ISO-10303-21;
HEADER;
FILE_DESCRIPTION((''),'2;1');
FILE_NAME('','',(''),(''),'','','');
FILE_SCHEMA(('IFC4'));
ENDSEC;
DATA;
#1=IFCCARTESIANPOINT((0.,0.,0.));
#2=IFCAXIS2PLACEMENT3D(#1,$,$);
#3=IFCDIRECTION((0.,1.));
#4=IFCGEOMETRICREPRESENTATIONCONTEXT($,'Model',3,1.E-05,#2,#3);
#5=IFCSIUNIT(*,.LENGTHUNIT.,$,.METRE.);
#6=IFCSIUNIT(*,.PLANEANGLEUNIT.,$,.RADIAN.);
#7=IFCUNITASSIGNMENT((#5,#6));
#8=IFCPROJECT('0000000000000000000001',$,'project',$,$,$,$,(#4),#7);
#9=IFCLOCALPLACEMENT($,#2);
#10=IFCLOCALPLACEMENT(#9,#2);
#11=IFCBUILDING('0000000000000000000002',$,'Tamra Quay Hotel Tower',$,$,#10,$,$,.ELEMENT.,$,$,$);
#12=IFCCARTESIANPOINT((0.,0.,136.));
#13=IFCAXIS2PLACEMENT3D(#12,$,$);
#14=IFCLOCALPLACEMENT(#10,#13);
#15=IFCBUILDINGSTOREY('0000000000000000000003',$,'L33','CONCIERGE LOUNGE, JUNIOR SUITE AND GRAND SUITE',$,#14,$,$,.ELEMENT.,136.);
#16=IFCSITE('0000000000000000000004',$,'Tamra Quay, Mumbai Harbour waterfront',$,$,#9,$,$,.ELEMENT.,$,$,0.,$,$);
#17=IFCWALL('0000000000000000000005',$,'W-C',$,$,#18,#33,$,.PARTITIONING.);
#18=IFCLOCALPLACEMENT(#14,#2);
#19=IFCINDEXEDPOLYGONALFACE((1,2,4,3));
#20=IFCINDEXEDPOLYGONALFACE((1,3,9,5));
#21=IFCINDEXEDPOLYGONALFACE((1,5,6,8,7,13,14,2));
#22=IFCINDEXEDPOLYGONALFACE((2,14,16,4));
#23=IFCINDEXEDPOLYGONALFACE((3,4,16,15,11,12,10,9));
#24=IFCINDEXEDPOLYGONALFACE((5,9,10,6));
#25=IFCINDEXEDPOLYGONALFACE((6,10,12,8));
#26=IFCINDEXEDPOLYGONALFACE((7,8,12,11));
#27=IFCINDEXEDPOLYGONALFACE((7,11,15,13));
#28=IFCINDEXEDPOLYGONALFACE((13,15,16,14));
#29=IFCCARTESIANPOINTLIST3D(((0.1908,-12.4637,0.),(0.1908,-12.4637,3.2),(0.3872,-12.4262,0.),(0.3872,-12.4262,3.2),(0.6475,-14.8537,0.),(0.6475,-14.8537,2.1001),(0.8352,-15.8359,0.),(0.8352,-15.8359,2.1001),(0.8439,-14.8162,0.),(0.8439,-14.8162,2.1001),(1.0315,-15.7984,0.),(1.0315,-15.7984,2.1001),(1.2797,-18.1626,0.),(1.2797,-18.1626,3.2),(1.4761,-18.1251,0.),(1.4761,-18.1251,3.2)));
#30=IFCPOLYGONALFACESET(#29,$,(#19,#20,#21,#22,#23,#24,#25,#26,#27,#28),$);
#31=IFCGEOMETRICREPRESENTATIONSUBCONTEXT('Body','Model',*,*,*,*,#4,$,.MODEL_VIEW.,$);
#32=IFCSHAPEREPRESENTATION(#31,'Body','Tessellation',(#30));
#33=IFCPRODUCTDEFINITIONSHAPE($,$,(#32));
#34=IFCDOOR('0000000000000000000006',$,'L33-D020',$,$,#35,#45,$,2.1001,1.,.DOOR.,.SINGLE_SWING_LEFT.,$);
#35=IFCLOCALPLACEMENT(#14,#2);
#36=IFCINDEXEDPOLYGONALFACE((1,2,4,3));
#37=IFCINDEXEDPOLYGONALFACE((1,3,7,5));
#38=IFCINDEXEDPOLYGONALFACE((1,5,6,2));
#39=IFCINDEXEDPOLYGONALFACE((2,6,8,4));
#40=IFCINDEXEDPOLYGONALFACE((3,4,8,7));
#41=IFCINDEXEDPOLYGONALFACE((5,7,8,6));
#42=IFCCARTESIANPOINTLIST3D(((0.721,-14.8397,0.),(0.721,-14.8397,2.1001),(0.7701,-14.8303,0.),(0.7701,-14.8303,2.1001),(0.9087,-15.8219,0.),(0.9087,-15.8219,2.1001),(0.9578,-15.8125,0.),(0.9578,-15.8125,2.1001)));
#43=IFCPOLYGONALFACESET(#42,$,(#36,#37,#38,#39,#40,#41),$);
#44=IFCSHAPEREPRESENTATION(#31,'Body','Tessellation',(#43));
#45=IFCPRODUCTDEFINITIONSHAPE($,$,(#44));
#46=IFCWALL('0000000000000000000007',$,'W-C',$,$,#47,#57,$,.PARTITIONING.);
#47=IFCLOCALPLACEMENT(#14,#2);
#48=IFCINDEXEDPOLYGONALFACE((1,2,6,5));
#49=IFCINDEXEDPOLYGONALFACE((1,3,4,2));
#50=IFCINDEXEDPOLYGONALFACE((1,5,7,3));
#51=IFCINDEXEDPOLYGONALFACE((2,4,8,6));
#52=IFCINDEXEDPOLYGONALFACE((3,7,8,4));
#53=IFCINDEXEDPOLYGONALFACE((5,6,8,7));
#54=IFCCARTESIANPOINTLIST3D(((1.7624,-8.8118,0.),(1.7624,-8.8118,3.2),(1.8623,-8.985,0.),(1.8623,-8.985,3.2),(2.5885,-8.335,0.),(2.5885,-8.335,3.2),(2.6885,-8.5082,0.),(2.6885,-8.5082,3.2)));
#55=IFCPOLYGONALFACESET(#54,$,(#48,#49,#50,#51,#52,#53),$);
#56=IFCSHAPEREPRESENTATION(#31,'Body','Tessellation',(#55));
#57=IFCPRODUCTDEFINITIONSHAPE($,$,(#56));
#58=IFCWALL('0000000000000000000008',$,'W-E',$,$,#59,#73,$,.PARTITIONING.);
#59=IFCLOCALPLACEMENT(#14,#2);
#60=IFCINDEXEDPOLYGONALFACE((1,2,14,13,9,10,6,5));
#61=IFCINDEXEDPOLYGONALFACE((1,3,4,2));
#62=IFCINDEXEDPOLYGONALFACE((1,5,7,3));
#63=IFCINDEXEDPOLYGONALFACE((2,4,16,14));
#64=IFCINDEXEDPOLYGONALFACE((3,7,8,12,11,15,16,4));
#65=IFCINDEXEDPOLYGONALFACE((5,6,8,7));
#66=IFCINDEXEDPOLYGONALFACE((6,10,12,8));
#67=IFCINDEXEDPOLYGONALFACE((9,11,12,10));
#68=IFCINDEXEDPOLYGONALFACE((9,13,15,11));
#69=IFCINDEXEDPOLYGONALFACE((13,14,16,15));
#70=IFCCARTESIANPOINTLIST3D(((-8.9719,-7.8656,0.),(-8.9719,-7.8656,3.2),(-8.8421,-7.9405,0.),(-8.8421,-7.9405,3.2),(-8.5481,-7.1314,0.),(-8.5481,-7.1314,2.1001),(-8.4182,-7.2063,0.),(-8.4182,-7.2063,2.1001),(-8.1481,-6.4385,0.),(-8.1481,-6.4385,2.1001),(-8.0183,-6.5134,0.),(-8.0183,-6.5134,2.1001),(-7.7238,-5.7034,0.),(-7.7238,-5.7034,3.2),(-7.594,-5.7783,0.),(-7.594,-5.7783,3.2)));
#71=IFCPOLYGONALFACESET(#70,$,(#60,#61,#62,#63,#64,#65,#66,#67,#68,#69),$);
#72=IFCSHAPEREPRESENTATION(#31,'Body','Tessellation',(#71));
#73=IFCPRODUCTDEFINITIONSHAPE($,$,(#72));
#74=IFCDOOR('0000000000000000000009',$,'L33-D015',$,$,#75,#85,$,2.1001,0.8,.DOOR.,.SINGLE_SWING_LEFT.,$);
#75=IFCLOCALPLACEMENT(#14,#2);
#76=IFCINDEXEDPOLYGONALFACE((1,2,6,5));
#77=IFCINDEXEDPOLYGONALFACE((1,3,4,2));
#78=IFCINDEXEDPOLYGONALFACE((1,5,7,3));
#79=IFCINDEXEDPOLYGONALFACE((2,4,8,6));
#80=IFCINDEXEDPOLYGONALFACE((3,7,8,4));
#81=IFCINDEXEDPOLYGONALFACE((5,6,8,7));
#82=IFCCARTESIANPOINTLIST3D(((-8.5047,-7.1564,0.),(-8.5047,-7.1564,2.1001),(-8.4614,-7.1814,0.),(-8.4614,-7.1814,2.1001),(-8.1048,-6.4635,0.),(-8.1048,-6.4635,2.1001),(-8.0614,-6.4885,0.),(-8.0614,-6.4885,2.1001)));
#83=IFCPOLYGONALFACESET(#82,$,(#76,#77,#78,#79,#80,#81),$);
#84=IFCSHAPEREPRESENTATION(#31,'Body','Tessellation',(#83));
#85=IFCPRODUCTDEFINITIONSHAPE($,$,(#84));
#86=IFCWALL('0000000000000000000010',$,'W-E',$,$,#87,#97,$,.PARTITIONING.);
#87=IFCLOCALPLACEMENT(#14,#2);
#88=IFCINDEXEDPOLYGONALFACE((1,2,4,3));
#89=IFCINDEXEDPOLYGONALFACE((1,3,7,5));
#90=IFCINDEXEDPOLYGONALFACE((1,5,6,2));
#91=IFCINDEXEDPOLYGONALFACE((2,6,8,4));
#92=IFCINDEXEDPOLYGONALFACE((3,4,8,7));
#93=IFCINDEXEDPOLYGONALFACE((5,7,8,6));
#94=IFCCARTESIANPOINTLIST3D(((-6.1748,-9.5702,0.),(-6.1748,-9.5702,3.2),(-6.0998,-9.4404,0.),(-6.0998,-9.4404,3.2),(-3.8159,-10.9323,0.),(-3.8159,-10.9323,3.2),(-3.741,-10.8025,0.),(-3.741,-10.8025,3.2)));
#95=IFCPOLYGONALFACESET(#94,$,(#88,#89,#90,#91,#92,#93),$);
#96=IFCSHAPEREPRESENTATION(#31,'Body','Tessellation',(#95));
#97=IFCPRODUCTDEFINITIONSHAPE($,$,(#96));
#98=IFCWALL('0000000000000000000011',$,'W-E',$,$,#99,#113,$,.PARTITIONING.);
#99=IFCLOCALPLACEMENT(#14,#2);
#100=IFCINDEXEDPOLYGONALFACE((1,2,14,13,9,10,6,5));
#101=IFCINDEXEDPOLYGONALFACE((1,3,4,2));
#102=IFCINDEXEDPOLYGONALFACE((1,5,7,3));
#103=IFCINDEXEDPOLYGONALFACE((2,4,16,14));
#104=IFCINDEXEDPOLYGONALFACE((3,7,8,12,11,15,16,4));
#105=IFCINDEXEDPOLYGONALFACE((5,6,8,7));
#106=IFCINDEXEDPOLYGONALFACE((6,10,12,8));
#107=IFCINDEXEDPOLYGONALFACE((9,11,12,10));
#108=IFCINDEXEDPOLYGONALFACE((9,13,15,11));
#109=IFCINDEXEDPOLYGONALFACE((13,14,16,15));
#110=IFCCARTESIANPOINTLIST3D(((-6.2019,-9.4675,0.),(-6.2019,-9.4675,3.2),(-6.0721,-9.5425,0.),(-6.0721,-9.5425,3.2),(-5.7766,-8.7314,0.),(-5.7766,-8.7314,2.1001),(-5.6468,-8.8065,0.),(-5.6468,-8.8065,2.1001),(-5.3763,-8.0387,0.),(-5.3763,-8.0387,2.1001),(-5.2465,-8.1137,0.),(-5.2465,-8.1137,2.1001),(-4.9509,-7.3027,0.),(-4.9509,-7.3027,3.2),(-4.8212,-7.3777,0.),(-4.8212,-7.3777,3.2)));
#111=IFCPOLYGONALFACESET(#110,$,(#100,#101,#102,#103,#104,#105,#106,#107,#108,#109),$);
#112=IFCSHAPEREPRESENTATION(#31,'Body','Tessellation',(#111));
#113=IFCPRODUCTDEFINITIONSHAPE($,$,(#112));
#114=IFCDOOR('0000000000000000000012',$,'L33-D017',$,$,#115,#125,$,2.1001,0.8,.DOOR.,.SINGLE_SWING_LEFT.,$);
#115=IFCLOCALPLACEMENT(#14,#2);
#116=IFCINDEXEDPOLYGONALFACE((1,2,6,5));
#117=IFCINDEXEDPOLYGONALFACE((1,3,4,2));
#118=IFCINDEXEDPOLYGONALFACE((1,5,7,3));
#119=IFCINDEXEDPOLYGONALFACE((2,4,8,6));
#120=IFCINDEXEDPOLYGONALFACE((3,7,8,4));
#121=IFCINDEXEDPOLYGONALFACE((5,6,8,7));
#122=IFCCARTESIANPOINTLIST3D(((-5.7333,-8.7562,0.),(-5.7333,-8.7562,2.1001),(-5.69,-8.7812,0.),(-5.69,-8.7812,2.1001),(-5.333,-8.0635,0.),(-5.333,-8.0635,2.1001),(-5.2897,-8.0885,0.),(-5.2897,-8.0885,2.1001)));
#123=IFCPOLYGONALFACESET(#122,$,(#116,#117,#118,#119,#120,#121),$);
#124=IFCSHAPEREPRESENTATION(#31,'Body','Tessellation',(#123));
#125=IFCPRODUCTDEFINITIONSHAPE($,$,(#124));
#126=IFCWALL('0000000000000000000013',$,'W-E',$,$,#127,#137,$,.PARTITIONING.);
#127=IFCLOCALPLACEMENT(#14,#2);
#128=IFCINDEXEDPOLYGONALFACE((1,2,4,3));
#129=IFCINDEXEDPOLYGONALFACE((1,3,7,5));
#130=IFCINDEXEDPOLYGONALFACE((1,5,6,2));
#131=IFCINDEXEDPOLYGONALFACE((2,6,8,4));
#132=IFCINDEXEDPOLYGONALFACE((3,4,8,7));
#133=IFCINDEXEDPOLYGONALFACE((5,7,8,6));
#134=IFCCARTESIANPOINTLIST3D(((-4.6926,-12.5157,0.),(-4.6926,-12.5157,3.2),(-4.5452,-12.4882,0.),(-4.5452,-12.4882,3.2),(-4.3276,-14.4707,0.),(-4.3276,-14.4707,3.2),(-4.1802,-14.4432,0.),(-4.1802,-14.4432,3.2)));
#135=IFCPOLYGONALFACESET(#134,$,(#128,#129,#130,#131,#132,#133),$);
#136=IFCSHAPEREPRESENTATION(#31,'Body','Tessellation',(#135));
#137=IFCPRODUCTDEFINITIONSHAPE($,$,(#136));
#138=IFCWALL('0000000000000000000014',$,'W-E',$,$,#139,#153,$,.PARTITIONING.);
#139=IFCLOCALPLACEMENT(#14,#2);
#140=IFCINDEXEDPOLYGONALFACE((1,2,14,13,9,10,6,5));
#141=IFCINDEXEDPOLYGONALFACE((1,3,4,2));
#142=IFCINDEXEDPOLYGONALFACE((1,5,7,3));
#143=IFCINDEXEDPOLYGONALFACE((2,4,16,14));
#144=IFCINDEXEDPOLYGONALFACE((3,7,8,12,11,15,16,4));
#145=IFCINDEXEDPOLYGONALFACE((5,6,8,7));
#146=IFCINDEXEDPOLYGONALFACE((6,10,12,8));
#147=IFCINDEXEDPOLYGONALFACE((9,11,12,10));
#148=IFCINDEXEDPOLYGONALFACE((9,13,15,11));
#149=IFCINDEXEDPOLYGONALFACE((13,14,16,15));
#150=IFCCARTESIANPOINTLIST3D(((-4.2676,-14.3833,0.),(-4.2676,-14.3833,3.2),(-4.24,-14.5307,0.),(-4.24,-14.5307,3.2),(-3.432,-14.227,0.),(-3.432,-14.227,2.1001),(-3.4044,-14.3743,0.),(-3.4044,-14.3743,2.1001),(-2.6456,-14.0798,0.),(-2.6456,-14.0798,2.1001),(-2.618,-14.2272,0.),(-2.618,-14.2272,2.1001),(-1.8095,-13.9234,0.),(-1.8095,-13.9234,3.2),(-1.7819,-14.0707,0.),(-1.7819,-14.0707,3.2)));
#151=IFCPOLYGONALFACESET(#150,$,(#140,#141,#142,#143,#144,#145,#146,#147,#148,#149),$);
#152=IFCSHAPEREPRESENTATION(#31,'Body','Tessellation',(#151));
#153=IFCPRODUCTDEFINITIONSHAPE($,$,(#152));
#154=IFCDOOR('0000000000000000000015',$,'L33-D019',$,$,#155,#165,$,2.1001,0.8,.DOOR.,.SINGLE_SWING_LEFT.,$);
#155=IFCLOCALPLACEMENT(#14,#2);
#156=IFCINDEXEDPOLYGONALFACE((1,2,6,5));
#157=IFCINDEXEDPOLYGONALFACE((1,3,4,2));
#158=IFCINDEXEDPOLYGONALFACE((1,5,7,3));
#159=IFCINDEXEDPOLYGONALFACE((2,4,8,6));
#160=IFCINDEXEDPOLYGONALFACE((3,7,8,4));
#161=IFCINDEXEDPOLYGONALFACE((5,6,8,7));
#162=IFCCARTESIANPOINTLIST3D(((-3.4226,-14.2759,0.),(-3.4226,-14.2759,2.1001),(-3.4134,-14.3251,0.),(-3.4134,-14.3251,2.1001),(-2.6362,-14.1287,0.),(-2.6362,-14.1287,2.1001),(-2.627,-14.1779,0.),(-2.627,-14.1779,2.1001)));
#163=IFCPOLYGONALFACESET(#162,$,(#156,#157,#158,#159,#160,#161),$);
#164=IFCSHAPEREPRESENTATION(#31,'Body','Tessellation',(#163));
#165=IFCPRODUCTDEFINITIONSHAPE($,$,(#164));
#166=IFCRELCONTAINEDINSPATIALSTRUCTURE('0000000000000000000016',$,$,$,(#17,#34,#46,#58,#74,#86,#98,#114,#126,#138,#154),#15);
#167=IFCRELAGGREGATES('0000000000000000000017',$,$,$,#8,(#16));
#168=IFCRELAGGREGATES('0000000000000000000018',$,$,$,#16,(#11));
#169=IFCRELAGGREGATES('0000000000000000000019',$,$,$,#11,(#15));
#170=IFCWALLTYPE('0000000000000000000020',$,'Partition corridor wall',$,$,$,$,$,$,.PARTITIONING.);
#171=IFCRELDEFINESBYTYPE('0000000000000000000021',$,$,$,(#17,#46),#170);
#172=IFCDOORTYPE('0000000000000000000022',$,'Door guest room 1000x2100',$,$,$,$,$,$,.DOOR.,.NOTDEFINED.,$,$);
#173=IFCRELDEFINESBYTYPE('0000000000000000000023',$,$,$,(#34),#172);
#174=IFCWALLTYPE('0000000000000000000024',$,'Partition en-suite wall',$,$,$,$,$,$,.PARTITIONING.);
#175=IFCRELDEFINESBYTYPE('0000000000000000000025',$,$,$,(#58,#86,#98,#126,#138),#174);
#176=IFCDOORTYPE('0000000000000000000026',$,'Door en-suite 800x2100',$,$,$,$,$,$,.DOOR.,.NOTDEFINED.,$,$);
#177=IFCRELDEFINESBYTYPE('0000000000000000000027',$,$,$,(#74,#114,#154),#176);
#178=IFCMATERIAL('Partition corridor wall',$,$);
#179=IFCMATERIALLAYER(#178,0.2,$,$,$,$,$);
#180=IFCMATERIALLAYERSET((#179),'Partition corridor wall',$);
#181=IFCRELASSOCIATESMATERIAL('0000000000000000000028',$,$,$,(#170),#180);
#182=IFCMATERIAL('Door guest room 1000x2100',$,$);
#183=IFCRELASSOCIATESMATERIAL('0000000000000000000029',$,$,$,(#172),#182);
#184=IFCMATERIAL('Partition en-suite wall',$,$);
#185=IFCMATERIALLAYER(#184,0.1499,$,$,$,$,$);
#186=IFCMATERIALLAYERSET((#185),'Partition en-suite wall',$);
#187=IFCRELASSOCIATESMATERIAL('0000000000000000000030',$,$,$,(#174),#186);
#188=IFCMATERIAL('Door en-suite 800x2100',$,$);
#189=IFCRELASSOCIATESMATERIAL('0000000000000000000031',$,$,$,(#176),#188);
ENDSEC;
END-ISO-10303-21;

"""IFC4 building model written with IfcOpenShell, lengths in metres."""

from ifc_helpers import new_model, si_unit, direction, frame, frame_2d, origin, place, context, subcontext, project, spatial, rectangle, extrude, material, layer, layer_set, type_object, element, fill, save


model = new_model("IFC4")

# Units and contexts
model_context = context("Model", 3, precision=1e-05, world=origin(), true_north=direction((0.0, 1.0)))
body_context = subcontext(model_context, "Body", "Model", "MODEL_VIEW")
ifc_project = project(units=[si_unit("LENGTHUNIT", "METRE"), si_unit("PLANEANGLEUNIT", "RADIAN")], contexts=[model_context])

# Site, building, storey
site_placement = place(None, origin())
site = spatial("IfcSite", under=ifc_project, at=site_placement, Name="Tamra Quay, Mumbai Harbour waterfront", CompositionType="ELEMENT", RefElevation=0.0)
building_placement = place(site_placement, origin())
building = spatial("IfcBuilding", under=site, at=building_placement, Name="Tamra Quay Hotel Tower", CompositionType="ELEMENT")
storey_placement = place(building_placement, frame((0.0, 0.0, 136.0)))
storey = spatial("IfcBuildingStorey", under=building, at=storey_placement, Name="L33", Description="CONCIERGE LOUNGE, JUNIOR SUITE AND GRAND SUITE", CompositionType="ELEMENT", Elevation=136.0)

# Shared definitions
ifc_material_1 = material(Name="Partition corridor wall")
ifc_layer_1 = layer(ifc_material_1, 0.2)
ifc_layer_set_1 = layer_set([ifc_layer_1], Name="Partition corridor wall")
wall_type_1 = type_object("IfcWallType", Name="Partition corridor wall", PredefinedType="PARTITIONING", material=ifc_layer_set_1)

# Wall, opening, door
wall_1_placement = place(storey_placement, frame((0.2891, -12.4451, 0.0), z_axis=(0.0, 0.0, 1.0), x_axis=(0.187669, -0.982232, 0.0)))
wall_1 = element("IfcWall", 1, at=wall_1_placement, inside=storey, type_object=wall_type_1, Name="W-C", PredefinedType="PARTITIONING", context=body_context, shape_type="SweptSolid", body=[
    extrude(rectangle(XDim=5.802, YDim=0.2, at=frame_2d((2.9009, 0.0))), origin(), (0.0, 0.0, 1.0), 3.2),
])
opening_1_placement = place(wall_1_placement, frame((2.4331, 0.0, 0.0)))
opening_1 = element("IfcOpeningElement", 2, at=opening_1_placement, cuts=wall_1, PredefinedType="OPENING", context=body_context, shape_type="SweptSolid", body=[
    extrude(rectangle(XDim=1.0, YDim=2.1001, at=frame_2d((0.5, 1.05))), frame((0.0, 0.1099, 0.0), z_axis=(0.0, -1.0, 0.0), x_axis=(1.0, 0.0, 0.0)), (0.0, 0.0, 1.0), 0.22),
])
ifc_material_2 = material(Name="Door guest room 1000x2100")
door_type_1 = type_object("IfcDoorType", Name="Door guest room 1000x2100", OperationType="NOTDEFINED", PredefinedType="DOOR", material=ifc_material_2)
door_1_placement = place(opening_1_placement, origin())
door_1 = element("IfcDoor", 3, at=door_1_placement, inside=storey, type_object=door_type_1, Name="L33-D020", OperationType="SINGLE_SWING_LEFT", OverallHeight=2.1001, OverallWidth=1.0, PredefinedType="DOOR", context=body_context, shape_type="SweptSolid", body=[
    extrude(rectangle(XDim=1.0, YDim=2.1001, at=frame_2d((0.5, 1.05))), frame((0.0, 0.0249, 0.0), z_axis=(0.0, -1.0, 0.0), x_axis=(1.0, 0.0, 0.0)), (0.0, 0.0, 1.0), 0.05),
])
fill(opening_1, door_1)

# Wall
wall_2_placement = place(storey_placement, frame((1.8123, -8.8984, 0.0), z_axis=(0.0, 0.0, 1.0), x_axis=(0.866109, 0.499855, 0.0)))
element("IfcWall", 4, at=wall_2_placement, inside=storey, type_object=wall_type_1, Name="W-C", PredefinedType="PARTITIONING", context=body_context, shape_type="SweptSolid", body=[
    extrude(rectangle(XDim=0.9539, YDim=0.2, at=frame_2d((0.4771, 0.0))), origin(), (0.0, 0.0, 1.0), 3.2),
])

# Wall, opening, door
ifc_material_3 = material(Name="Partition en-suite wall")
ifc_layer_2 = layer(ifc_material_3, 0.1499)
ifc_layer_set_2 = layer_set([ifc_layer_2], Name="Partition en-suite wall")
wall_type_2 = type_object("IfcWallType", Name="Partition en-suite wall", PredefinedType="PARTITIONING", material=ifc_layer_set_2)
wall_3_placement = place(storey_placement, frame((-8.907, -7.9031, 0.0), z_axis=(0.0, 0.0, 1.0), x_axis=(0.499926, 0.866068, 0.0)))
wall_3 = element("IfcWall", 5, at=wall_3_placement, inside=storey, type_object=wall_type_2, Name="W-E", PredefinedType="PARTITIONING", context=body_context, shape_type="SweptSolid", body=[
    extrude(rectangle(XDim=2.4966, YDim=0.1499, at=frame_2d((1.2483, 0.0))), origin(), (0.0, 0.0, 1.0), 3.2),
])
opening_2_placement = place(wall_3_placement, frame((0.8479, 0.0, 0.0)))
opening_2 = element("IfcOpeningElement", 6, at=opening_2_placement, cuts=wall_3, PredefinedType="OPENING", context=body_context, shape_type="SweptSolid", body=[
    extrude(rectangle(XDim=0.8, YDim=2.1001, at=frame_2d((0.3999, 1.05))), frame((0.0, 0.085, 0.0), z_axis=(0.0, -1.0, 0.0), x_axis=(1.0, 0.0, 0.0)), (0.0, 0.0, 1.0), 0.1699),
])
ifc_material_4 = material(Name="Door en-suite 800x2100")
door_type_2 = type_object("IfcDoorType", Name="Door en-suite 800x2100", OperationType="NOTDEFINED", PredefinedType="DOOR", material=ifc_material_4)
door_2_placement = place(opening_2_placement, origin())
door_2 = element("IfcDoor", 7, at=door_2_placement, inside=storey, type_object=door_type_2, Name="L33-D015", OperationType="SINGLE_SWING_LEFT", OverallHeight=2.1001, OverallWidth=0.8, PredefinedType="DOOR", context=body_context, shape_type="SweptSolid", body=[
    extrude(rectangle(XDim=0.8, YDim=2.1001, at=frame_2d((0.3999, 1.05))), frame((0.0, 0.0249, 0.0), z_axis=(0.0, -1.0, 0.0), x_axis=(1.0, 0.0, 0.0)), (0.0, 0.0, 1.0), 0.05),
])
fill(opening_2, door_2)

# Wall
wall_4_placement = place(storey_placement, frame((-6.1372, -9.5054, 0.0), z_axis=(0.0, 0.0, 1.0), x_axis=(0.866, -0.500043, 0.0)))
element("IfcWall", 8, at=wall_4_placement, inside=storey, type_object=wall_type_2, Name="W-E", PredefinedType="PARTITIONING", context=body_context, shape_type="SweptSolid", body=[
    extrude(rectangle(XDim=2.7239, YDim=0.1499, at=frame_2d((1.3618, 0.0))), origin(), (0.0, 0.0, 1.0), 3.2),
])

# Wall, opening, door
wall_5_placement = place(storey_placement, frame((-6.137, -9.5049, 0.0), z_axis=(0.0, 0.0, 1.0), x_axis=(0.500339, 0.865829, 0.0)))
wall_5 = element("IfcWall", 9, at=wall_5_placement, inside=storey, type_object=wall_type_2, Name="W-E", PredefinedType="PARTITIONING", context=body_context, shape_type="SweptSolid", body=[
    extrude(rectangle(XDim=2.5002, YDim=0.1499, at=frame_2d((1.25, 0.0))), origin(), (0.0, 0.0, 1.0), 3.2),
])
opening_3_placement = place(wall_5_placement, frame((0.8501, 0.0, 0.0)))
opening_3 = element("IfcOpeningElement", 10, at=opening_3_placement, cuts=wall_5, PredefinedType="OPENING", context=body_context, shape_type="SweptSolid", body=[
    extrude(rectangle(XDim=0.8, YDim=2.1001, at=frame_2d((0.3999, 1.05))), frame((0.0, 0.085, 0.0), z_axis=(0.0, -1.0, 0.0), x_axis=(1.0, 0.0, 0.0)), (0.0, 0.0, 1.0), 0.1699),
])
door_3_placement = place(opening_3_placement, frame((0.8, 0.0, 0.0), z_axis=(0.0, 0.0, 1.0), x_axis=(-1.0, 0.0, 0.0)))
door_3 = element("IfcDoor", 11, at=door_3_placement, inside=storey, type_object=door_type_2, Name="L33-D017", OperationType="SINGLE_SWING_LEFT", OverallHeight=2.1001, OverallWidth=0.8, PredefinedType="DOOR", context=body_context, shape_type="SweptSolid", body=[
    extrude(rectangle(XDim=0.8, YDim=2.1001, at=frame_2d((0.3999, 1.05))), frame((0.0, 0.0249, 0.0), z_axis=(0.0, -1.0, 0.0), x_axis=(1.0, 0.0, 0.0)), (0.0, 0.0, 1.0), 0.05),
])
fill(opening_3, door_3)

# Wall
wall_6_placement = place(storey_placement, frame((-4.6189, -12.502, 0.0), z_axis=(0.0, 0.0, 1.0), x_axis=(0.183518, -0.983016, 0.0)))
element("IfcWall", 12, at=wall_6_placement, inside=storey, type_object=wall_type_2, Name="W-E", PredefinedType="PARTITIONING", context=body_context, shape_type="SweptSolid", body=[
    extrude(rectangle(XDim=1.9888, YDim=0.1499, at=frame_2d((0.9944, 0.0))), origin(), (0.0, 0.0, 1.0), 3.2),
])

# Wall, opening, door
wall_7_placement = place(storey_placement, frame((-4.2539, -14.457, 0.0), z_axis=(0.0, 0.0, 1.0), x_axis=(0.982938, 0.183935, 0.0)))
wall_7 = element("IfcWall", 13, at=wall_7_placement, inside=storey, type_object=wall_type_2, Name="W-E", PredefinedType="PARTITIONING", context=body_context, shape_type="SweptSolid", body=[
    extrude(rectangle(XDim=2.5007, YDim=0.1499, at=frame_2d((1.2505, 0.0))), origin(), (0.0, 0.0, 1.0), 3.2),
])
opening_4_placement = place(wall_7_placement, frame((0.8503, 0.0, 0.0)))
opening_4 = element("IfcOpeningElement", 14, at=opening_4_placement, cuts=wall_7, PredefinedType="OPENING", context=body_context, shape_type="SweptSolid", body=[
    extrude(rectangle(XDim=0.8, YDim=2.1001, at=frame_2d((0.3999, 1.05))), frame((0.0, 0.085, 0.0), z_axis=(0.0, -1.0, 0.0), x_axis=(1.0, 0.0, 0.0)), (0.0, 0.0, 1.0), 0.1699),
])
door_4_placement = place(opening_4_placement, frame((0.8, 0.0, 0.0), z_axis=(0.0, 0.0, 1.0), x_axis=(-1.0, 0.0, 0.0)))
door_4 = element("IfcDoor", 15, at=door_4_placement, inside=storey, type_object=door_type_2, Name="L33-D019", OperationType="SINGLE_SWING_LEFT", OverallHeight=2.1001, OverallWidth=0.8, PredefinedType="DOOR", context=body_context, shape_type="SweptSolid", body=[
    extrude(rectangle(XDim=0.8, YDim=2.1001, at=frame_2d((0.3999, 1.05))), frame((0.0, 0.0249, 0.0), z_axis=(0.0, -1.0, 0.0), x_axis=(1.0, 0.0, 0.0)), (0.0, 0.0, 1.0), 0.05),
])
fill(opening_4, door_4)

save(model, "model.ifc")
